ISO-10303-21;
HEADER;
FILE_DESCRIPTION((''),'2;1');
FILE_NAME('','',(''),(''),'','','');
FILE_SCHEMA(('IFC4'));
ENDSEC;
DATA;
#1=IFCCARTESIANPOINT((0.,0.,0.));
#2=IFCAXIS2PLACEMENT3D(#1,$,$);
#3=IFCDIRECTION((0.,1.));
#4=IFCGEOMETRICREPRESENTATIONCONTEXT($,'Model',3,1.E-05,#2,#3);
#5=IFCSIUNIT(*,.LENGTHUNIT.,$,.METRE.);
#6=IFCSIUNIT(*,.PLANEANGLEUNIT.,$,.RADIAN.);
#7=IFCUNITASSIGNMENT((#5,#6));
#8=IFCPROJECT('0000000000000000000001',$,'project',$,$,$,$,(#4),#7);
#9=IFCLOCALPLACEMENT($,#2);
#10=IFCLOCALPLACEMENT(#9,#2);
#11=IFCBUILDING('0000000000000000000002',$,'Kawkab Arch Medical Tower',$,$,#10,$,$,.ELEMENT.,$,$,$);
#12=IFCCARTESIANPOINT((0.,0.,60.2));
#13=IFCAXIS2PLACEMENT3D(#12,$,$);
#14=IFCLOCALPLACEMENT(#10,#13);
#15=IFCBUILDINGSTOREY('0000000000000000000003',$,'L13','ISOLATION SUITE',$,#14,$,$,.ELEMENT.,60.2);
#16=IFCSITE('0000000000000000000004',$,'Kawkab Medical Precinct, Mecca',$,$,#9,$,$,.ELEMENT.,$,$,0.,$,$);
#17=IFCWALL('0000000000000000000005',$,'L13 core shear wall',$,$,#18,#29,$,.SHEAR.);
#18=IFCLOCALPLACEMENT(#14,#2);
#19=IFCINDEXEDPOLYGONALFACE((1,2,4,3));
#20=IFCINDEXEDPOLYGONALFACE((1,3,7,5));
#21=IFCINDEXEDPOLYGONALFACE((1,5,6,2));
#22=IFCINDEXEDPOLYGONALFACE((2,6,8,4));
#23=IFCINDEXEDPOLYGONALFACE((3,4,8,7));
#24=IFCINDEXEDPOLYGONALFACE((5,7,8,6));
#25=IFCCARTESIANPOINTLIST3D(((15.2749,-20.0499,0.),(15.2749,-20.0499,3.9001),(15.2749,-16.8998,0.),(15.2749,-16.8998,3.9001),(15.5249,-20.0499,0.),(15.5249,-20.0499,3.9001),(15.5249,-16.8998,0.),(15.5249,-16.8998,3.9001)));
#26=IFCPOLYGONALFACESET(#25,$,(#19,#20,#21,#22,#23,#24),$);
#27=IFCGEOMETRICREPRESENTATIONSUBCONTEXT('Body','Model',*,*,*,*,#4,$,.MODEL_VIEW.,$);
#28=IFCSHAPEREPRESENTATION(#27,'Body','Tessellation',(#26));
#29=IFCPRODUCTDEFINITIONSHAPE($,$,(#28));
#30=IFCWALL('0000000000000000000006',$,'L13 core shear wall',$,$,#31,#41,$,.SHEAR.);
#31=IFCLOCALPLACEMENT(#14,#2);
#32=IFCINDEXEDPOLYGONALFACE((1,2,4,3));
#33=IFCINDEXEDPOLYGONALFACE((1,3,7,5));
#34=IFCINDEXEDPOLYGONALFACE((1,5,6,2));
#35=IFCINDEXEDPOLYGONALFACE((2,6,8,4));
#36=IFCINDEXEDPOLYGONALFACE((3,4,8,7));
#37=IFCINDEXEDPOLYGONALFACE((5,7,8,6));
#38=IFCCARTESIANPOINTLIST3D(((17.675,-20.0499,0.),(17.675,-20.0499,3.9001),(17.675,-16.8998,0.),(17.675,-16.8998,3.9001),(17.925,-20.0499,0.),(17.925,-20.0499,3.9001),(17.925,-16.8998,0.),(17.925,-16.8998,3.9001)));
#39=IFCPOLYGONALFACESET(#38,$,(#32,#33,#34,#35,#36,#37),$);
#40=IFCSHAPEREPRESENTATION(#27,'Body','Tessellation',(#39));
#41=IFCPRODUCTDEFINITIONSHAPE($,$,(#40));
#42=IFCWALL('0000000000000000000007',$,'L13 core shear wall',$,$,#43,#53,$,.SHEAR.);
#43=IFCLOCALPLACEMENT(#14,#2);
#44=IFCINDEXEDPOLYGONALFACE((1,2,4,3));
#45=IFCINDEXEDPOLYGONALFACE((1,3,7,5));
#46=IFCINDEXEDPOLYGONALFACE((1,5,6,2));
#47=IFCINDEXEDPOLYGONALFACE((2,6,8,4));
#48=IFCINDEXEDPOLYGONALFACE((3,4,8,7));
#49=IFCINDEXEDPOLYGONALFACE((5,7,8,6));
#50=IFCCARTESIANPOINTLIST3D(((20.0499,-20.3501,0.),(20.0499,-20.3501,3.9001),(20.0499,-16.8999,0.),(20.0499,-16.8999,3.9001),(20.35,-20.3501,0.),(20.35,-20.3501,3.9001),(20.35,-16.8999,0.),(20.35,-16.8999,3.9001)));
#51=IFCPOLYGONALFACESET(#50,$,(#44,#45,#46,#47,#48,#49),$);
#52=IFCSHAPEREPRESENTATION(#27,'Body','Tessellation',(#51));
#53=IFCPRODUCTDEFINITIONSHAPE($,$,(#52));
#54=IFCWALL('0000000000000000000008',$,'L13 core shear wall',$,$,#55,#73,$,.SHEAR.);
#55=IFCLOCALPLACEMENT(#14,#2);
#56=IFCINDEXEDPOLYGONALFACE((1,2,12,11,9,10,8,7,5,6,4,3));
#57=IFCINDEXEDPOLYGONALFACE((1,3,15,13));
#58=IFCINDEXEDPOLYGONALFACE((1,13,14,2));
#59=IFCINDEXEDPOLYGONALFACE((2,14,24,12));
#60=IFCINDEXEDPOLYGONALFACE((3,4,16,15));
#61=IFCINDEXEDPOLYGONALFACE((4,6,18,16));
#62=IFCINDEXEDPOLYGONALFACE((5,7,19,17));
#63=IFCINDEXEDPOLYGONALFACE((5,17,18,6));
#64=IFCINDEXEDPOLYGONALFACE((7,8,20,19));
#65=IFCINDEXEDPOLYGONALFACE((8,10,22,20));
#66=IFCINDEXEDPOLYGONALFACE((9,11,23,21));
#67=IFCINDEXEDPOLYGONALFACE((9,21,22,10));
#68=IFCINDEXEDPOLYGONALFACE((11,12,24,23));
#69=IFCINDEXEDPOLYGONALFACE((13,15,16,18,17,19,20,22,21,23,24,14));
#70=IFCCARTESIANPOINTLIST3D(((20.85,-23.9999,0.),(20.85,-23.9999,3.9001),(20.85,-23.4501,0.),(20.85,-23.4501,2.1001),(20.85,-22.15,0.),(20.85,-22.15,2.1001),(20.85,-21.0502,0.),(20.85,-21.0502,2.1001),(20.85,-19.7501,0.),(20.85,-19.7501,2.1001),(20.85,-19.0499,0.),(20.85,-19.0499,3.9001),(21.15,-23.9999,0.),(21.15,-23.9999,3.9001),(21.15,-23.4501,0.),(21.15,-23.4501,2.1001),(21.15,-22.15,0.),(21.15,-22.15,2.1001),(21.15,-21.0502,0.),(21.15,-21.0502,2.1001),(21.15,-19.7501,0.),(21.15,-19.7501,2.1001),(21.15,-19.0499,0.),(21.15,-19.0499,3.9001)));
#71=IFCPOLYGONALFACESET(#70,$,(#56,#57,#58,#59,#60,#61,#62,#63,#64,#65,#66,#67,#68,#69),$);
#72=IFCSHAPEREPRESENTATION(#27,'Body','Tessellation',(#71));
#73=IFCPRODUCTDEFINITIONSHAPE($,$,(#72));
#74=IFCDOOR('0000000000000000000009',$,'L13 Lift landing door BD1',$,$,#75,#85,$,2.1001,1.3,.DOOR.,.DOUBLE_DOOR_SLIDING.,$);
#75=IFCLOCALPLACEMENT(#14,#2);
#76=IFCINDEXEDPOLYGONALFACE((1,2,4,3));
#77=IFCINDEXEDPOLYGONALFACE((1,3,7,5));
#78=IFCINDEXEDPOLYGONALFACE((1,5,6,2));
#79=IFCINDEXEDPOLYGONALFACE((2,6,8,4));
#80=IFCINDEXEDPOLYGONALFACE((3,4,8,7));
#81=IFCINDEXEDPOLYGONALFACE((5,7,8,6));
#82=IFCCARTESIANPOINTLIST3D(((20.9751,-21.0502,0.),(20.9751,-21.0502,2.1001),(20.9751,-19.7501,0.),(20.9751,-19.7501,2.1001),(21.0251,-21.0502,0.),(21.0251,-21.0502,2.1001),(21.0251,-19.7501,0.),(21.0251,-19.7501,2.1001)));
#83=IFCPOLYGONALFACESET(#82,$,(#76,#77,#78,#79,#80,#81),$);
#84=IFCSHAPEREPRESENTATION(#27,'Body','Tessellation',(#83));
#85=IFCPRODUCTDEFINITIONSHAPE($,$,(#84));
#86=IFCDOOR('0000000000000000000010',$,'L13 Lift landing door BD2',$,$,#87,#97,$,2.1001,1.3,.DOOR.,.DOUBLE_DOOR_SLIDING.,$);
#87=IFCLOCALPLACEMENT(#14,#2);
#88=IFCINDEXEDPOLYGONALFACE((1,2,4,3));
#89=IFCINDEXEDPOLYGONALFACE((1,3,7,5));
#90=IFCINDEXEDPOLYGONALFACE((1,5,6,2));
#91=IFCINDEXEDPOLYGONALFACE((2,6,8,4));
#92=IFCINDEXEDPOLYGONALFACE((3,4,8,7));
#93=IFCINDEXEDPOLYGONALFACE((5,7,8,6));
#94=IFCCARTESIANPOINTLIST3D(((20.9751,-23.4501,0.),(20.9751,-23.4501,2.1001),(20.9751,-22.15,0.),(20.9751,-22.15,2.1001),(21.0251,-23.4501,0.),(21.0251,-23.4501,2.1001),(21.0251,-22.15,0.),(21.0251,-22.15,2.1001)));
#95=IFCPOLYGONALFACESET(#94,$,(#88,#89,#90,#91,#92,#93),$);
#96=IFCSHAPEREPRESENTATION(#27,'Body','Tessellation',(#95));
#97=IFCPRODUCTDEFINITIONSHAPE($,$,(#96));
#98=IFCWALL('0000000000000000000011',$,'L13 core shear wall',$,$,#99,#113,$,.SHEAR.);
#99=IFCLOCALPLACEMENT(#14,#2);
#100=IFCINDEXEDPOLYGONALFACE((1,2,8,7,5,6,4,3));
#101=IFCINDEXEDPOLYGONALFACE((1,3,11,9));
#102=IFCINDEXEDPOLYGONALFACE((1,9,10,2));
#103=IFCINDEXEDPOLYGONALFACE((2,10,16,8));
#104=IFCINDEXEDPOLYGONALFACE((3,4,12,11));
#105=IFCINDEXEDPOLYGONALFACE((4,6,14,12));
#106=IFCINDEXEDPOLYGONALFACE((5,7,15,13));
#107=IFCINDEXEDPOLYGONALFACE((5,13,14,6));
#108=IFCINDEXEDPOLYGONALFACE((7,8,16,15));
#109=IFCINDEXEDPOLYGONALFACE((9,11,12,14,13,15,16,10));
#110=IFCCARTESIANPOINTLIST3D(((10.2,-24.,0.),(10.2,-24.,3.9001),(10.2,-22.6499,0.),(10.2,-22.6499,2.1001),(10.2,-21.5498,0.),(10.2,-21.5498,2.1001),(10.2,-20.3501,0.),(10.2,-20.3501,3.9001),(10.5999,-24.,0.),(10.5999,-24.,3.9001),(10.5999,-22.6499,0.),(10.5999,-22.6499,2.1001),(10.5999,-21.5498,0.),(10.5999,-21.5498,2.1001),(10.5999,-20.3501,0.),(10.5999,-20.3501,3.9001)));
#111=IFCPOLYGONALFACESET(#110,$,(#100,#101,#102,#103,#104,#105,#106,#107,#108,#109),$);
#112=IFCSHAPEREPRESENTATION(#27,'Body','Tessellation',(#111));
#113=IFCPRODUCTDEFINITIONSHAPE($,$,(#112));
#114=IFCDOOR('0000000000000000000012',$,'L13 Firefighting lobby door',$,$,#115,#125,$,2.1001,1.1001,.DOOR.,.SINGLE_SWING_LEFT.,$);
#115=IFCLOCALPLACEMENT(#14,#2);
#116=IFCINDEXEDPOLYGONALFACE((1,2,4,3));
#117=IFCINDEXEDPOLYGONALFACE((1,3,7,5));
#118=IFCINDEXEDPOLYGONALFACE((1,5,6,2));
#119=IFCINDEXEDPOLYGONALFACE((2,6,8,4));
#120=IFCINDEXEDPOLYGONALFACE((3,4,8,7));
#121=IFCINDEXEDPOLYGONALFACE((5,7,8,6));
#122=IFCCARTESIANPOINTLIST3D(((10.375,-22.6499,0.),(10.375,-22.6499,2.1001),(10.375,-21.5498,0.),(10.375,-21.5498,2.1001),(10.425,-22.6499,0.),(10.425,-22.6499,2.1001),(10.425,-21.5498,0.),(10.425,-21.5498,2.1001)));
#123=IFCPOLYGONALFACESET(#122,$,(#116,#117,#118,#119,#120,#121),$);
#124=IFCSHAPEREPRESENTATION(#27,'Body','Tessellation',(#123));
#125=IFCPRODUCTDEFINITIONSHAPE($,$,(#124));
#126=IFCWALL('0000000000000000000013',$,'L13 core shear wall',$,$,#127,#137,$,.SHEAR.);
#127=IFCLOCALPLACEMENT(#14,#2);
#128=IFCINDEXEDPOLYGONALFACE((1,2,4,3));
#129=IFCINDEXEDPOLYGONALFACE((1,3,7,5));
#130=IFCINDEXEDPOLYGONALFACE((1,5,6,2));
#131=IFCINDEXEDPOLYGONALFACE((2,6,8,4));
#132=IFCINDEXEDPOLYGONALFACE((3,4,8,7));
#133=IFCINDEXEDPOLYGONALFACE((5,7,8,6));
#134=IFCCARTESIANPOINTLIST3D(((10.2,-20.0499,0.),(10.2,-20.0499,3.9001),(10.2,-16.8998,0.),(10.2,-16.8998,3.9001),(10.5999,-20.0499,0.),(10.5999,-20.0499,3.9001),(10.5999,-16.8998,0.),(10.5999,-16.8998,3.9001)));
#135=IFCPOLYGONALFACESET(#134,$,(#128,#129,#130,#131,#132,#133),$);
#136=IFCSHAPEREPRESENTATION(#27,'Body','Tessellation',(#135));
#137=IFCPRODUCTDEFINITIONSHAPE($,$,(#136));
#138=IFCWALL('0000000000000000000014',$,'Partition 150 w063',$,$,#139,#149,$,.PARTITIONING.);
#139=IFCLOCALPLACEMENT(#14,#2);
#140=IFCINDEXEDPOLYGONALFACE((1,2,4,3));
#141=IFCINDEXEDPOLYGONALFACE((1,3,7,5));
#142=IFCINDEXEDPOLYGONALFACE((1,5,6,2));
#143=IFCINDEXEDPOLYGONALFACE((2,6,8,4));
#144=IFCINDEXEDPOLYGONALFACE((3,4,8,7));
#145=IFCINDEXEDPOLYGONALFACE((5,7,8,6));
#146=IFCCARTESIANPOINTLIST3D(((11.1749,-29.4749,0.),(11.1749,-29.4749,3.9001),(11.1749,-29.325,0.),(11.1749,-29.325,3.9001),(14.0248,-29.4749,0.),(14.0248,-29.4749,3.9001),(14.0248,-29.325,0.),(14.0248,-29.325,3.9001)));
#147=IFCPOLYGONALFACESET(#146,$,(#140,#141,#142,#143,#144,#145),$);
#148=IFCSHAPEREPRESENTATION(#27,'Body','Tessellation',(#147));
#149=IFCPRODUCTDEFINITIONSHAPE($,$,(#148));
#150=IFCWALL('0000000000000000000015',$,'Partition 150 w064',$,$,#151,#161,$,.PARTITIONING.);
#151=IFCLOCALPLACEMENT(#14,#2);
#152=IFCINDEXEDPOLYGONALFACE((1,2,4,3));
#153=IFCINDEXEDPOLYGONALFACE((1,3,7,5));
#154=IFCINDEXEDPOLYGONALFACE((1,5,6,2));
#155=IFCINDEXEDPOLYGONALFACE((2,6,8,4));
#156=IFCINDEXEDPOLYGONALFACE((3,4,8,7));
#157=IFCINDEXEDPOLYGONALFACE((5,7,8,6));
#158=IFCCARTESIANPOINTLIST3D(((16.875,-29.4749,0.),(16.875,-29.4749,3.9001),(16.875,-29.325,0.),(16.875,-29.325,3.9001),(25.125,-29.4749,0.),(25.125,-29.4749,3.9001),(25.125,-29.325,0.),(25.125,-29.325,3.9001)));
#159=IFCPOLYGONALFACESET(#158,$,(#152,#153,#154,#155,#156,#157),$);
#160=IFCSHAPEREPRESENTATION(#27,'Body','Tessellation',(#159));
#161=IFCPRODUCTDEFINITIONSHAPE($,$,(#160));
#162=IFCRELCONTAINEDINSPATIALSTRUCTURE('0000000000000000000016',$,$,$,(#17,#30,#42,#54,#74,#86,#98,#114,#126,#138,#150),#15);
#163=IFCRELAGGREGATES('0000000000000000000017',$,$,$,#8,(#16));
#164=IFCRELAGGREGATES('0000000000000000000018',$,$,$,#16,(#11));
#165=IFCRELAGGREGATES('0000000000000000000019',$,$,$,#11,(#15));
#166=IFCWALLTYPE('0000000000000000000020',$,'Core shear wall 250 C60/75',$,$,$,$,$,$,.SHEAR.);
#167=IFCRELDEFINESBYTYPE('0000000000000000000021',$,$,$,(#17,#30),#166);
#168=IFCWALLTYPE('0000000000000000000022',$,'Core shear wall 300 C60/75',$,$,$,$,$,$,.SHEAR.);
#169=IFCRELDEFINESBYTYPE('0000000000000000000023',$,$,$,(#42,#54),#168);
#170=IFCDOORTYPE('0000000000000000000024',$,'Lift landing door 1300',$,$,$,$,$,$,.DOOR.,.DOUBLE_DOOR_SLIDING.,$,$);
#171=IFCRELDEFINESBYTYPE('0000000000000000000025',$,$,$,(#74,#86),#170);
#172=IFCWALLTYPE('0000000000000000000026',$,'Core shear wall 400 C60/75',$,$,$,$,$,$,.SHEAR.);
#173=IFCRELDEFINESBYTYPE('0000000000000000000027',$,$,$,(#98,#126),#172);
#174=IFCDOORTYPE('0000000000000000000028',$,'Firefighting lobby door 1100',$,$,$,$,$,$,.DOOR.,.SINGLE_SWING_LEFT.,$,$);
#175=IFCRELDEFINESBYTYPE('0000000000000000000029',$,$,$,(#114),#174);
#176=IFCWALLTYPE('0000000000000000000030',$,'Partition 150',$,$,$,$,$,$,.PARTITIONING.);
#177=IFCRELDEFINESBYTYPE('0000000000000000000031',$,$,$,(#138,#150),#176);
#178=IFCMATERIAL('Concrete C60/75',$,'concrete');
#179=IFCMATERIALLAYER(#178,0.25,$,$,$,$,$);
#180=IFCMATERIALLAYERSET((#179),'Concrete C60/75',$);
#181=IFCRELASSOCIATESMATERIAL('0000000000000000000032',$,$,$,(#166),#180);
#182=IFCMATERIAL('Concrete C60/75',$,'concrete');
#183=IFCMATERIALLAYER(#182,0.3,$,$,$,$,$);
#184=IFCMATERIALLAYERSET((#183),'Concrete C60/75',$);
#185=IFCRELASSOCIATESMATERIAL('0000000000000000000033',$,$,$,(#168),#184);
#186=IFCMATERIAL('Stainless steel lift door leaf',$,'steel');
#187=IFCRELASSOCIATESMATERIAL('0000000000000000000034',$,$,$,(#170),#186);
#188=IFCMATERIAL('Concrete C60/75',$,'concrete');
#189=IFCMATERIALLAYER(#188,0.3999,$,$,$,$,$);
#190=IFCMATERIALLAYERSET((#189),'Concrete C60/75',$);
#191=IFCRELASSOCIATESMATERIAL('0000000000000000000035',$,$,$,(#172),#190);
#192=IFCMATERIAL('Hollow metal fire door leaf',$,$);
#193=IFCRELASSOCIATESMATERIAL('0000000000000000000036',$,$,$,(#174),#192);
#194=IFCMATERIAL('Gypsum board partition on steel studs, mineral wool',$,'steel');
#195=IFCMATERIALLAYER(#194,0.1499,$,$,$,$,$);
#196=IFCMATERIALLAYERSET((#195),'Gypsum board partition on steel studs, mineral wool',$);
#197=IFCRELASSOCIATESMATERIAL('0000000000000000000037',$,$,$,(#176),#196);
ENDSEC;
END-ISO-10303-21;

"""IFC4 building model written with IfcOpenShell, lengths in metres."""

from ifc_helpers import new_model, si_unit, direction, frame, frame_2d, origin, place, context, subcontext, project, spatial, rectangle, extrude, material, layer, layer_set, type_object, element, fill, save


model = new_model("IFC4")

# Units and contexts
model_context = context("Model", 3, precision=1e-05, world=origin(), true_north=direction((0.0, 1.0)))
body_context = subcontext(model_context, "Body", "Model", "MODEL_VIEW")
ifc_project = project(units=[si_unit("LENGTHUNIT", "METRE"), si_unit("PLANEANGLEUNIT", "RADIAN")], contexts=[model_context])

# Site, building, storey
site_placement = place(None, origin())
site = spatial("IfcSite", under=ifc_project, at=site_placement, Name="Kawkab Medical Precinct, Mecca", CompositionType="ELEMENT", RefElevation=0.0)
building_placement = place(site_placement, origin())
building = spatial("IfcBuilding", under=site, at=building_placement, Name="Kawkab Arch Medical Tower", CompositionType="ELEMENT")
storey_placement = place(building_placement, frame((0.0, 0.0, 60.2)))
storey = spatial("IfcBuildingStorey", under=building, at=storey_placement, Name="L13", Description="ISOLATION SUITE", CompositionType="ELEMENT", Elevation=60.2)

# Walls
ifc_material_1 = material(Name="Concrete C60/75", Category="concrete")
ifc_layer_1 = layer(ifc_material_1, 0.25)
ifc_layer_set_1 = layer_set([ifc_layer_1], Name="Concrete C60/75")
wall_type_1 = type_object("IfcWallType", Name="Core shear wall 250 C60/75", PredefinedType="SHEAR", material=ifc_layer_set_1)
for number, where, z_axis, x_axis, name in (
    (1, (15.3999, -20.05, 0.0), (0.0, 0.0, 1.0), (0.0, 1.0, 0.0), "L13 core shear wall"),
    (2, (17.8, -20.05, 0.0), (0.0, 0.0, 1.0), (0.0, 1.0, 0.0), "L13 core shear wall"),
):
    element("IfcWall", number, at=place(storey_placement, frame(where, z_axis=z_axis, x_axis=x_axis)), inside=storey, type_object=wall_type_1, Name=name, PredefinedType="SHEAR", context=body_context, shape_type="SweptSolid", body=[
        extrude(rectangle(XDim=3.1501, YDim=0.25, at=frame_2d((1.5752, 0.0))), origin(), (0.0, 0.0, 1.0), 3.9001),
    ])
ifc_material_2 = material(Name="Concrete C60/75", Category="concrete")
ifc_layer_2 = layer(ifc_material_2, 0.3)
ifc_layer_set_2 = layer_set([ifc_layer_2], Name="Concrete C60/75")
wall_type_2 = type_object("IfcWallType", Name="Core shear wall 300 C60/75", PredefinedType="SHEAR", material=ifc_layer_set_2)
wall_1_placement = place(storey_placement, frame((20.2, -20.3501, 0.0), z_axis=(0.0, 0.0, 1.0), x_axis=(0.0, 1.0, 0.0)))
element("IfcWall", 3, at=wall_1_placement, inside=storey, type_object=wall_type_2, Name="L13 core shear wall", PredefinedType="SHEAR", context=body_context, shape_type="SweptSolid", body=[
    extrude(rectangle(XDim=3.4502, YDim=0.3, at=frame_2d((1.7251, 0.0))), origin(), (0.0, 0.0, 1.0), 3.9001),
])

# Wall, openings, doors
wall_2_placement = place(storey_placement, frame((21.0, -24.0, 0.0), z_axis=(0.0, 0.0, 1.0), x_axis=(0.0, 1.0, 0.0)))
wall_2 = element("IfcWall", 4, at=wall_2_placement, inside=storey, type_object=wall_type_2, Name="L13 core shear wall", PredefinedType="SHEAR", context=body_context, shape_type="SweptSolid", body=[
    extrude(rectangle(XDim=4.95, YDim=0.3, at=frame_2d((2.4751, 0.0))), origin(), (0.0, 0.0, 1.0), 3.9001),
])
opening_1_placement = place(wall_2_placement, frame((2.95, 0.0, 0.0)))
opening_1 = element("IfcOpeningElement", 5, at=opening_1_placement, cuts=wall_2, PredefinedType="OPENING", context=body_context, shape_type="SweptSolid", body=[
    extrude(rectangle(XDim=1.3, YDim=2.1001, at=frame_2d((0.6499, 1.05))), frame((0.0, 0.1599, 0.0), z_axis=(0.0, -1.0, 0.0), x_axis=(1.0, 0.0, 0.0)), (0.0, 0.0, 1.0), 0.3201),
])
opening_2_placement = place(wall_2_placement, frame((0.55, 0.0, 0.0)))
opening_2 = element("IfcOpeningElement", 6, at=opening_2_placement, cuts=wall_2, PredefinedType="OPENING", context=body_context, shape_type="SweptSolid", body=[
    extrude(rectangle(XDim=1.3, YDim=2.1001, at=frame_2d((0.6499, 1.05))), frame((0.0, 0.1599, 0.0), z_axis=(0.0, -1.0, 0.0), x_axis=(1.0, 0.0, 0.0)), (0.0, 0.0, 1.0), 0.3201),
])
ifc_material_3 = material(Name="Stainless steel lift door leaf", Category="steel")
door_type_1 = type_object("IfcDoorType", Name="Lift landing door 1300", OperationType="DOUBLE_DOOR_SLIDING", PredefinedType="DOOR", material=ifc_material_3)
door_1_placement = place(opening_1_placement, origin())
door_1 = element("IfcDoor", 7, at=door_1_placement, inside=storey, type_object=door_type_1, Name="L13 Lift landing door BD1", OperationType="DOUBLE_DOOR_SLIDING", OverallHeight=2.1001, OverallWidth=1.3, PredefinedType="DOOR", context=body_context, shape_type="SweptSolid", body=[
    extrude(rectangle(XDim=1.3, YDim=2.1001, at=frame_2d((0.6499, 1.05))), frame((0.0, 0.0249, 0.0), z_axis=(0.0, -1.0, 0.0), x_axis=(1.0, 0.0, 0.0)), (0.0, 0.0, 1.0), 0.05),
])
fill(opening_1, door_1)
door_2_placement = place(opening_2_placement, origin())
door_2 = element("IfcDoor", 8, at=door_2_placement, inside=storey, type_object=door_type_1, Name="L13 Lift landing door BD2", OperationType="DOUBLE_DOOR_SLIDING", OverallHeight=2.1001, OverallWidth=1.3, PredefinedType="DOOR", context=body_context, shape_type="SweptSolid", body=[
    extrude(rectangle(XDim=1.3, YDim=2.1001, at=frame_2d((0.6499, 1.05))), frame((0.0, 0.0249, 0.0), z_axis=(0.0, -1.0, 0.0), x_axis=(1.0, 0.0, 0.0)), (0.0, 0.0, 1.0), 0.05),
])
fill(opening_2, door_2)

# Wall, opening, door
ifc_material_4 = material(Name="Concrete C60/75", Category="concrete")
ifc_layer_3 = layer(ifc_material_4, 0.3999)
ifc_layer_set_3 = layer_set([ifc_layer_3], Name="Concrete C60/75")
wall_type_3 = type_object("IfcWallType", Name="Core shear wall 400 C60/75", PredefinedType="SHEAR", material=ifc_layer_set_3)
wall_3_placement = place(storey_placement, frame((10.3999, -24.0, 0.0), z_axis=(0.0, 0.0, 1.0), x_axis=(0.0, 1.0, 0.0)))
wall_3 = element("IfcWall", 9, at=wall_3_placement, inside=storey, type_object=wall_type_3, Name="L13 core shear wall", PredefinedType="SHEAR", context=body_context, shape_type="SweptSolid", body=[
    extrude(rectangle(XDim=3.6499, YDim=0.3999, at=frame_2d((1.825, 0.0))), origin(), (0.0, 0.0, 1.0), 3.9001),
])
opening_3_placement = place(wall_3_placement, frame((1.3501, 0.0, 0.0)))
opening_3 = element("IfcOpeningElement", 10, at=opening_3_placement, cuts=wall_3, PredefinedType="OPENING", context=body_context, shape_type="SweptSolid", body=[
    extrude(rectangle(XDim=1.1001, YDim=2.1001, at=frame_2d((0.55, 1.05))), frame((0.0, 0.21, 0.0), z_axis=(0.0, -1.0, 0.0), x_axis=(1.0, 0.0, 0.0)), (0.0, 0.0, 1.0), 0.4199),
])
ifc_material_5 = material(Name="Hollow metal fire door leaf")
door_type_2 = type_object("IfcDoorType", Name="Firefighting lobby door 1100", OperationType="SINGLE_SWING_LEFT", PredefinedType="DOOR", material=ifc_material_5)
door_3_placement = place(opening_3_placement, origin())
door_3 = element("IfcDoor", 11, at=door_3_placement, inside=storey, type_object=door_type_2, Name="L13 Firefighting lobby door", OperationType="SINGLE_SWING_LEFT", OverallHeight=2.1001, OverallWidth=1.1001, PredefinedType="DOOR", context=body_context, shape_type="SweptSolid", body=[
    extrude(rectangle(XDim=1.1001, YDim=2.1001, at=frame_2d((0.55, 1.05))), frame((0.0, 0.0249, 0.0), z_axis=(0.0, -1.0, 0.0), x_axis=(1.0, 0.0, 0.0)), (0.0, 0.0, 1.0), 0.05),
])
fill(opening_3, door_3)

# Walls
wall_4_placement = place(storey_placement, frame((10.3999, -20.05, 0.0), z_axis=(0.0, 0.0, 1.0), x_axis=(0.0, 1.0, 0.0)))
element("IfcWall", 12, at=wall_4_placement, inside=storey, type_object=wall_type_3, Name="L13 core shear wall", PredefinedType="SHEAR", context=body_context, shape_type="SweptSolid", body=[
    extrude(rectangle(XDim=3.1501, YDim=0.3999, at=frame_2d((1.5752, 0.0))), origin(), (0.0, 0.0, 1.0), 3.9001),
])
ifc_material_6 = material(Name="Gypsum board partition on steel studs, mineral wool", Category="steel")
ifc_layer_4 = layer(ifc_material_6, 0.1499)
ifc_layer_set_4 = layer_set([ifc_layer_4], Name="Gypsum board partition on steel studs, mineral wool")
wall_type_4 = type_object("IfcWallType", Name="Partition 150", PredefinedType="PARTITIONING", material=ifc_layer_set_4)
wall_5_placement = place(storey_placement, frame((11.175, -29.3999, 0.0), z_axis=(0.0, 0.0, 1.0), x_axis=(1.0, 0.0, 0.0)))
element("IfcWall", 13, at=wall_5_placement, inside=storey, type_object=wall_type_4, Name="Partition 150 w063", PredefinedType="PARTITIONING", context=body_context, shape_type="SweptSolid", body=[
    extrude(rectangle(XDim=2.8499, YDim=0.1499, at=frame_2d((1.4248, 0.0))), origin(), (0.0, 0.0, 1.0), 3.9001),
])
wall_6_placement = place(storey_placement, frame((16.875, -29.3999, 0.0), z_axis=(0.0, 0.0, 1.0), x_axis=(1.0, 0.0, 0.0)))
element("IfcWall", 14, at=wall_6_placement, inside=storey, type_object=wall_type_4, Name="Partition 150 w064", PredefinedType="PARTITIONING", context=body_context, shape_type="SweptSolid", body=[
    extrude(rectangle(XDim=8.25, YDim=0.1499, at=frame_2d((4.125, 0.0))), origin(), (0.0, 0.0, 1.0), 3.9001),
])

save(model, "model.ifc")
